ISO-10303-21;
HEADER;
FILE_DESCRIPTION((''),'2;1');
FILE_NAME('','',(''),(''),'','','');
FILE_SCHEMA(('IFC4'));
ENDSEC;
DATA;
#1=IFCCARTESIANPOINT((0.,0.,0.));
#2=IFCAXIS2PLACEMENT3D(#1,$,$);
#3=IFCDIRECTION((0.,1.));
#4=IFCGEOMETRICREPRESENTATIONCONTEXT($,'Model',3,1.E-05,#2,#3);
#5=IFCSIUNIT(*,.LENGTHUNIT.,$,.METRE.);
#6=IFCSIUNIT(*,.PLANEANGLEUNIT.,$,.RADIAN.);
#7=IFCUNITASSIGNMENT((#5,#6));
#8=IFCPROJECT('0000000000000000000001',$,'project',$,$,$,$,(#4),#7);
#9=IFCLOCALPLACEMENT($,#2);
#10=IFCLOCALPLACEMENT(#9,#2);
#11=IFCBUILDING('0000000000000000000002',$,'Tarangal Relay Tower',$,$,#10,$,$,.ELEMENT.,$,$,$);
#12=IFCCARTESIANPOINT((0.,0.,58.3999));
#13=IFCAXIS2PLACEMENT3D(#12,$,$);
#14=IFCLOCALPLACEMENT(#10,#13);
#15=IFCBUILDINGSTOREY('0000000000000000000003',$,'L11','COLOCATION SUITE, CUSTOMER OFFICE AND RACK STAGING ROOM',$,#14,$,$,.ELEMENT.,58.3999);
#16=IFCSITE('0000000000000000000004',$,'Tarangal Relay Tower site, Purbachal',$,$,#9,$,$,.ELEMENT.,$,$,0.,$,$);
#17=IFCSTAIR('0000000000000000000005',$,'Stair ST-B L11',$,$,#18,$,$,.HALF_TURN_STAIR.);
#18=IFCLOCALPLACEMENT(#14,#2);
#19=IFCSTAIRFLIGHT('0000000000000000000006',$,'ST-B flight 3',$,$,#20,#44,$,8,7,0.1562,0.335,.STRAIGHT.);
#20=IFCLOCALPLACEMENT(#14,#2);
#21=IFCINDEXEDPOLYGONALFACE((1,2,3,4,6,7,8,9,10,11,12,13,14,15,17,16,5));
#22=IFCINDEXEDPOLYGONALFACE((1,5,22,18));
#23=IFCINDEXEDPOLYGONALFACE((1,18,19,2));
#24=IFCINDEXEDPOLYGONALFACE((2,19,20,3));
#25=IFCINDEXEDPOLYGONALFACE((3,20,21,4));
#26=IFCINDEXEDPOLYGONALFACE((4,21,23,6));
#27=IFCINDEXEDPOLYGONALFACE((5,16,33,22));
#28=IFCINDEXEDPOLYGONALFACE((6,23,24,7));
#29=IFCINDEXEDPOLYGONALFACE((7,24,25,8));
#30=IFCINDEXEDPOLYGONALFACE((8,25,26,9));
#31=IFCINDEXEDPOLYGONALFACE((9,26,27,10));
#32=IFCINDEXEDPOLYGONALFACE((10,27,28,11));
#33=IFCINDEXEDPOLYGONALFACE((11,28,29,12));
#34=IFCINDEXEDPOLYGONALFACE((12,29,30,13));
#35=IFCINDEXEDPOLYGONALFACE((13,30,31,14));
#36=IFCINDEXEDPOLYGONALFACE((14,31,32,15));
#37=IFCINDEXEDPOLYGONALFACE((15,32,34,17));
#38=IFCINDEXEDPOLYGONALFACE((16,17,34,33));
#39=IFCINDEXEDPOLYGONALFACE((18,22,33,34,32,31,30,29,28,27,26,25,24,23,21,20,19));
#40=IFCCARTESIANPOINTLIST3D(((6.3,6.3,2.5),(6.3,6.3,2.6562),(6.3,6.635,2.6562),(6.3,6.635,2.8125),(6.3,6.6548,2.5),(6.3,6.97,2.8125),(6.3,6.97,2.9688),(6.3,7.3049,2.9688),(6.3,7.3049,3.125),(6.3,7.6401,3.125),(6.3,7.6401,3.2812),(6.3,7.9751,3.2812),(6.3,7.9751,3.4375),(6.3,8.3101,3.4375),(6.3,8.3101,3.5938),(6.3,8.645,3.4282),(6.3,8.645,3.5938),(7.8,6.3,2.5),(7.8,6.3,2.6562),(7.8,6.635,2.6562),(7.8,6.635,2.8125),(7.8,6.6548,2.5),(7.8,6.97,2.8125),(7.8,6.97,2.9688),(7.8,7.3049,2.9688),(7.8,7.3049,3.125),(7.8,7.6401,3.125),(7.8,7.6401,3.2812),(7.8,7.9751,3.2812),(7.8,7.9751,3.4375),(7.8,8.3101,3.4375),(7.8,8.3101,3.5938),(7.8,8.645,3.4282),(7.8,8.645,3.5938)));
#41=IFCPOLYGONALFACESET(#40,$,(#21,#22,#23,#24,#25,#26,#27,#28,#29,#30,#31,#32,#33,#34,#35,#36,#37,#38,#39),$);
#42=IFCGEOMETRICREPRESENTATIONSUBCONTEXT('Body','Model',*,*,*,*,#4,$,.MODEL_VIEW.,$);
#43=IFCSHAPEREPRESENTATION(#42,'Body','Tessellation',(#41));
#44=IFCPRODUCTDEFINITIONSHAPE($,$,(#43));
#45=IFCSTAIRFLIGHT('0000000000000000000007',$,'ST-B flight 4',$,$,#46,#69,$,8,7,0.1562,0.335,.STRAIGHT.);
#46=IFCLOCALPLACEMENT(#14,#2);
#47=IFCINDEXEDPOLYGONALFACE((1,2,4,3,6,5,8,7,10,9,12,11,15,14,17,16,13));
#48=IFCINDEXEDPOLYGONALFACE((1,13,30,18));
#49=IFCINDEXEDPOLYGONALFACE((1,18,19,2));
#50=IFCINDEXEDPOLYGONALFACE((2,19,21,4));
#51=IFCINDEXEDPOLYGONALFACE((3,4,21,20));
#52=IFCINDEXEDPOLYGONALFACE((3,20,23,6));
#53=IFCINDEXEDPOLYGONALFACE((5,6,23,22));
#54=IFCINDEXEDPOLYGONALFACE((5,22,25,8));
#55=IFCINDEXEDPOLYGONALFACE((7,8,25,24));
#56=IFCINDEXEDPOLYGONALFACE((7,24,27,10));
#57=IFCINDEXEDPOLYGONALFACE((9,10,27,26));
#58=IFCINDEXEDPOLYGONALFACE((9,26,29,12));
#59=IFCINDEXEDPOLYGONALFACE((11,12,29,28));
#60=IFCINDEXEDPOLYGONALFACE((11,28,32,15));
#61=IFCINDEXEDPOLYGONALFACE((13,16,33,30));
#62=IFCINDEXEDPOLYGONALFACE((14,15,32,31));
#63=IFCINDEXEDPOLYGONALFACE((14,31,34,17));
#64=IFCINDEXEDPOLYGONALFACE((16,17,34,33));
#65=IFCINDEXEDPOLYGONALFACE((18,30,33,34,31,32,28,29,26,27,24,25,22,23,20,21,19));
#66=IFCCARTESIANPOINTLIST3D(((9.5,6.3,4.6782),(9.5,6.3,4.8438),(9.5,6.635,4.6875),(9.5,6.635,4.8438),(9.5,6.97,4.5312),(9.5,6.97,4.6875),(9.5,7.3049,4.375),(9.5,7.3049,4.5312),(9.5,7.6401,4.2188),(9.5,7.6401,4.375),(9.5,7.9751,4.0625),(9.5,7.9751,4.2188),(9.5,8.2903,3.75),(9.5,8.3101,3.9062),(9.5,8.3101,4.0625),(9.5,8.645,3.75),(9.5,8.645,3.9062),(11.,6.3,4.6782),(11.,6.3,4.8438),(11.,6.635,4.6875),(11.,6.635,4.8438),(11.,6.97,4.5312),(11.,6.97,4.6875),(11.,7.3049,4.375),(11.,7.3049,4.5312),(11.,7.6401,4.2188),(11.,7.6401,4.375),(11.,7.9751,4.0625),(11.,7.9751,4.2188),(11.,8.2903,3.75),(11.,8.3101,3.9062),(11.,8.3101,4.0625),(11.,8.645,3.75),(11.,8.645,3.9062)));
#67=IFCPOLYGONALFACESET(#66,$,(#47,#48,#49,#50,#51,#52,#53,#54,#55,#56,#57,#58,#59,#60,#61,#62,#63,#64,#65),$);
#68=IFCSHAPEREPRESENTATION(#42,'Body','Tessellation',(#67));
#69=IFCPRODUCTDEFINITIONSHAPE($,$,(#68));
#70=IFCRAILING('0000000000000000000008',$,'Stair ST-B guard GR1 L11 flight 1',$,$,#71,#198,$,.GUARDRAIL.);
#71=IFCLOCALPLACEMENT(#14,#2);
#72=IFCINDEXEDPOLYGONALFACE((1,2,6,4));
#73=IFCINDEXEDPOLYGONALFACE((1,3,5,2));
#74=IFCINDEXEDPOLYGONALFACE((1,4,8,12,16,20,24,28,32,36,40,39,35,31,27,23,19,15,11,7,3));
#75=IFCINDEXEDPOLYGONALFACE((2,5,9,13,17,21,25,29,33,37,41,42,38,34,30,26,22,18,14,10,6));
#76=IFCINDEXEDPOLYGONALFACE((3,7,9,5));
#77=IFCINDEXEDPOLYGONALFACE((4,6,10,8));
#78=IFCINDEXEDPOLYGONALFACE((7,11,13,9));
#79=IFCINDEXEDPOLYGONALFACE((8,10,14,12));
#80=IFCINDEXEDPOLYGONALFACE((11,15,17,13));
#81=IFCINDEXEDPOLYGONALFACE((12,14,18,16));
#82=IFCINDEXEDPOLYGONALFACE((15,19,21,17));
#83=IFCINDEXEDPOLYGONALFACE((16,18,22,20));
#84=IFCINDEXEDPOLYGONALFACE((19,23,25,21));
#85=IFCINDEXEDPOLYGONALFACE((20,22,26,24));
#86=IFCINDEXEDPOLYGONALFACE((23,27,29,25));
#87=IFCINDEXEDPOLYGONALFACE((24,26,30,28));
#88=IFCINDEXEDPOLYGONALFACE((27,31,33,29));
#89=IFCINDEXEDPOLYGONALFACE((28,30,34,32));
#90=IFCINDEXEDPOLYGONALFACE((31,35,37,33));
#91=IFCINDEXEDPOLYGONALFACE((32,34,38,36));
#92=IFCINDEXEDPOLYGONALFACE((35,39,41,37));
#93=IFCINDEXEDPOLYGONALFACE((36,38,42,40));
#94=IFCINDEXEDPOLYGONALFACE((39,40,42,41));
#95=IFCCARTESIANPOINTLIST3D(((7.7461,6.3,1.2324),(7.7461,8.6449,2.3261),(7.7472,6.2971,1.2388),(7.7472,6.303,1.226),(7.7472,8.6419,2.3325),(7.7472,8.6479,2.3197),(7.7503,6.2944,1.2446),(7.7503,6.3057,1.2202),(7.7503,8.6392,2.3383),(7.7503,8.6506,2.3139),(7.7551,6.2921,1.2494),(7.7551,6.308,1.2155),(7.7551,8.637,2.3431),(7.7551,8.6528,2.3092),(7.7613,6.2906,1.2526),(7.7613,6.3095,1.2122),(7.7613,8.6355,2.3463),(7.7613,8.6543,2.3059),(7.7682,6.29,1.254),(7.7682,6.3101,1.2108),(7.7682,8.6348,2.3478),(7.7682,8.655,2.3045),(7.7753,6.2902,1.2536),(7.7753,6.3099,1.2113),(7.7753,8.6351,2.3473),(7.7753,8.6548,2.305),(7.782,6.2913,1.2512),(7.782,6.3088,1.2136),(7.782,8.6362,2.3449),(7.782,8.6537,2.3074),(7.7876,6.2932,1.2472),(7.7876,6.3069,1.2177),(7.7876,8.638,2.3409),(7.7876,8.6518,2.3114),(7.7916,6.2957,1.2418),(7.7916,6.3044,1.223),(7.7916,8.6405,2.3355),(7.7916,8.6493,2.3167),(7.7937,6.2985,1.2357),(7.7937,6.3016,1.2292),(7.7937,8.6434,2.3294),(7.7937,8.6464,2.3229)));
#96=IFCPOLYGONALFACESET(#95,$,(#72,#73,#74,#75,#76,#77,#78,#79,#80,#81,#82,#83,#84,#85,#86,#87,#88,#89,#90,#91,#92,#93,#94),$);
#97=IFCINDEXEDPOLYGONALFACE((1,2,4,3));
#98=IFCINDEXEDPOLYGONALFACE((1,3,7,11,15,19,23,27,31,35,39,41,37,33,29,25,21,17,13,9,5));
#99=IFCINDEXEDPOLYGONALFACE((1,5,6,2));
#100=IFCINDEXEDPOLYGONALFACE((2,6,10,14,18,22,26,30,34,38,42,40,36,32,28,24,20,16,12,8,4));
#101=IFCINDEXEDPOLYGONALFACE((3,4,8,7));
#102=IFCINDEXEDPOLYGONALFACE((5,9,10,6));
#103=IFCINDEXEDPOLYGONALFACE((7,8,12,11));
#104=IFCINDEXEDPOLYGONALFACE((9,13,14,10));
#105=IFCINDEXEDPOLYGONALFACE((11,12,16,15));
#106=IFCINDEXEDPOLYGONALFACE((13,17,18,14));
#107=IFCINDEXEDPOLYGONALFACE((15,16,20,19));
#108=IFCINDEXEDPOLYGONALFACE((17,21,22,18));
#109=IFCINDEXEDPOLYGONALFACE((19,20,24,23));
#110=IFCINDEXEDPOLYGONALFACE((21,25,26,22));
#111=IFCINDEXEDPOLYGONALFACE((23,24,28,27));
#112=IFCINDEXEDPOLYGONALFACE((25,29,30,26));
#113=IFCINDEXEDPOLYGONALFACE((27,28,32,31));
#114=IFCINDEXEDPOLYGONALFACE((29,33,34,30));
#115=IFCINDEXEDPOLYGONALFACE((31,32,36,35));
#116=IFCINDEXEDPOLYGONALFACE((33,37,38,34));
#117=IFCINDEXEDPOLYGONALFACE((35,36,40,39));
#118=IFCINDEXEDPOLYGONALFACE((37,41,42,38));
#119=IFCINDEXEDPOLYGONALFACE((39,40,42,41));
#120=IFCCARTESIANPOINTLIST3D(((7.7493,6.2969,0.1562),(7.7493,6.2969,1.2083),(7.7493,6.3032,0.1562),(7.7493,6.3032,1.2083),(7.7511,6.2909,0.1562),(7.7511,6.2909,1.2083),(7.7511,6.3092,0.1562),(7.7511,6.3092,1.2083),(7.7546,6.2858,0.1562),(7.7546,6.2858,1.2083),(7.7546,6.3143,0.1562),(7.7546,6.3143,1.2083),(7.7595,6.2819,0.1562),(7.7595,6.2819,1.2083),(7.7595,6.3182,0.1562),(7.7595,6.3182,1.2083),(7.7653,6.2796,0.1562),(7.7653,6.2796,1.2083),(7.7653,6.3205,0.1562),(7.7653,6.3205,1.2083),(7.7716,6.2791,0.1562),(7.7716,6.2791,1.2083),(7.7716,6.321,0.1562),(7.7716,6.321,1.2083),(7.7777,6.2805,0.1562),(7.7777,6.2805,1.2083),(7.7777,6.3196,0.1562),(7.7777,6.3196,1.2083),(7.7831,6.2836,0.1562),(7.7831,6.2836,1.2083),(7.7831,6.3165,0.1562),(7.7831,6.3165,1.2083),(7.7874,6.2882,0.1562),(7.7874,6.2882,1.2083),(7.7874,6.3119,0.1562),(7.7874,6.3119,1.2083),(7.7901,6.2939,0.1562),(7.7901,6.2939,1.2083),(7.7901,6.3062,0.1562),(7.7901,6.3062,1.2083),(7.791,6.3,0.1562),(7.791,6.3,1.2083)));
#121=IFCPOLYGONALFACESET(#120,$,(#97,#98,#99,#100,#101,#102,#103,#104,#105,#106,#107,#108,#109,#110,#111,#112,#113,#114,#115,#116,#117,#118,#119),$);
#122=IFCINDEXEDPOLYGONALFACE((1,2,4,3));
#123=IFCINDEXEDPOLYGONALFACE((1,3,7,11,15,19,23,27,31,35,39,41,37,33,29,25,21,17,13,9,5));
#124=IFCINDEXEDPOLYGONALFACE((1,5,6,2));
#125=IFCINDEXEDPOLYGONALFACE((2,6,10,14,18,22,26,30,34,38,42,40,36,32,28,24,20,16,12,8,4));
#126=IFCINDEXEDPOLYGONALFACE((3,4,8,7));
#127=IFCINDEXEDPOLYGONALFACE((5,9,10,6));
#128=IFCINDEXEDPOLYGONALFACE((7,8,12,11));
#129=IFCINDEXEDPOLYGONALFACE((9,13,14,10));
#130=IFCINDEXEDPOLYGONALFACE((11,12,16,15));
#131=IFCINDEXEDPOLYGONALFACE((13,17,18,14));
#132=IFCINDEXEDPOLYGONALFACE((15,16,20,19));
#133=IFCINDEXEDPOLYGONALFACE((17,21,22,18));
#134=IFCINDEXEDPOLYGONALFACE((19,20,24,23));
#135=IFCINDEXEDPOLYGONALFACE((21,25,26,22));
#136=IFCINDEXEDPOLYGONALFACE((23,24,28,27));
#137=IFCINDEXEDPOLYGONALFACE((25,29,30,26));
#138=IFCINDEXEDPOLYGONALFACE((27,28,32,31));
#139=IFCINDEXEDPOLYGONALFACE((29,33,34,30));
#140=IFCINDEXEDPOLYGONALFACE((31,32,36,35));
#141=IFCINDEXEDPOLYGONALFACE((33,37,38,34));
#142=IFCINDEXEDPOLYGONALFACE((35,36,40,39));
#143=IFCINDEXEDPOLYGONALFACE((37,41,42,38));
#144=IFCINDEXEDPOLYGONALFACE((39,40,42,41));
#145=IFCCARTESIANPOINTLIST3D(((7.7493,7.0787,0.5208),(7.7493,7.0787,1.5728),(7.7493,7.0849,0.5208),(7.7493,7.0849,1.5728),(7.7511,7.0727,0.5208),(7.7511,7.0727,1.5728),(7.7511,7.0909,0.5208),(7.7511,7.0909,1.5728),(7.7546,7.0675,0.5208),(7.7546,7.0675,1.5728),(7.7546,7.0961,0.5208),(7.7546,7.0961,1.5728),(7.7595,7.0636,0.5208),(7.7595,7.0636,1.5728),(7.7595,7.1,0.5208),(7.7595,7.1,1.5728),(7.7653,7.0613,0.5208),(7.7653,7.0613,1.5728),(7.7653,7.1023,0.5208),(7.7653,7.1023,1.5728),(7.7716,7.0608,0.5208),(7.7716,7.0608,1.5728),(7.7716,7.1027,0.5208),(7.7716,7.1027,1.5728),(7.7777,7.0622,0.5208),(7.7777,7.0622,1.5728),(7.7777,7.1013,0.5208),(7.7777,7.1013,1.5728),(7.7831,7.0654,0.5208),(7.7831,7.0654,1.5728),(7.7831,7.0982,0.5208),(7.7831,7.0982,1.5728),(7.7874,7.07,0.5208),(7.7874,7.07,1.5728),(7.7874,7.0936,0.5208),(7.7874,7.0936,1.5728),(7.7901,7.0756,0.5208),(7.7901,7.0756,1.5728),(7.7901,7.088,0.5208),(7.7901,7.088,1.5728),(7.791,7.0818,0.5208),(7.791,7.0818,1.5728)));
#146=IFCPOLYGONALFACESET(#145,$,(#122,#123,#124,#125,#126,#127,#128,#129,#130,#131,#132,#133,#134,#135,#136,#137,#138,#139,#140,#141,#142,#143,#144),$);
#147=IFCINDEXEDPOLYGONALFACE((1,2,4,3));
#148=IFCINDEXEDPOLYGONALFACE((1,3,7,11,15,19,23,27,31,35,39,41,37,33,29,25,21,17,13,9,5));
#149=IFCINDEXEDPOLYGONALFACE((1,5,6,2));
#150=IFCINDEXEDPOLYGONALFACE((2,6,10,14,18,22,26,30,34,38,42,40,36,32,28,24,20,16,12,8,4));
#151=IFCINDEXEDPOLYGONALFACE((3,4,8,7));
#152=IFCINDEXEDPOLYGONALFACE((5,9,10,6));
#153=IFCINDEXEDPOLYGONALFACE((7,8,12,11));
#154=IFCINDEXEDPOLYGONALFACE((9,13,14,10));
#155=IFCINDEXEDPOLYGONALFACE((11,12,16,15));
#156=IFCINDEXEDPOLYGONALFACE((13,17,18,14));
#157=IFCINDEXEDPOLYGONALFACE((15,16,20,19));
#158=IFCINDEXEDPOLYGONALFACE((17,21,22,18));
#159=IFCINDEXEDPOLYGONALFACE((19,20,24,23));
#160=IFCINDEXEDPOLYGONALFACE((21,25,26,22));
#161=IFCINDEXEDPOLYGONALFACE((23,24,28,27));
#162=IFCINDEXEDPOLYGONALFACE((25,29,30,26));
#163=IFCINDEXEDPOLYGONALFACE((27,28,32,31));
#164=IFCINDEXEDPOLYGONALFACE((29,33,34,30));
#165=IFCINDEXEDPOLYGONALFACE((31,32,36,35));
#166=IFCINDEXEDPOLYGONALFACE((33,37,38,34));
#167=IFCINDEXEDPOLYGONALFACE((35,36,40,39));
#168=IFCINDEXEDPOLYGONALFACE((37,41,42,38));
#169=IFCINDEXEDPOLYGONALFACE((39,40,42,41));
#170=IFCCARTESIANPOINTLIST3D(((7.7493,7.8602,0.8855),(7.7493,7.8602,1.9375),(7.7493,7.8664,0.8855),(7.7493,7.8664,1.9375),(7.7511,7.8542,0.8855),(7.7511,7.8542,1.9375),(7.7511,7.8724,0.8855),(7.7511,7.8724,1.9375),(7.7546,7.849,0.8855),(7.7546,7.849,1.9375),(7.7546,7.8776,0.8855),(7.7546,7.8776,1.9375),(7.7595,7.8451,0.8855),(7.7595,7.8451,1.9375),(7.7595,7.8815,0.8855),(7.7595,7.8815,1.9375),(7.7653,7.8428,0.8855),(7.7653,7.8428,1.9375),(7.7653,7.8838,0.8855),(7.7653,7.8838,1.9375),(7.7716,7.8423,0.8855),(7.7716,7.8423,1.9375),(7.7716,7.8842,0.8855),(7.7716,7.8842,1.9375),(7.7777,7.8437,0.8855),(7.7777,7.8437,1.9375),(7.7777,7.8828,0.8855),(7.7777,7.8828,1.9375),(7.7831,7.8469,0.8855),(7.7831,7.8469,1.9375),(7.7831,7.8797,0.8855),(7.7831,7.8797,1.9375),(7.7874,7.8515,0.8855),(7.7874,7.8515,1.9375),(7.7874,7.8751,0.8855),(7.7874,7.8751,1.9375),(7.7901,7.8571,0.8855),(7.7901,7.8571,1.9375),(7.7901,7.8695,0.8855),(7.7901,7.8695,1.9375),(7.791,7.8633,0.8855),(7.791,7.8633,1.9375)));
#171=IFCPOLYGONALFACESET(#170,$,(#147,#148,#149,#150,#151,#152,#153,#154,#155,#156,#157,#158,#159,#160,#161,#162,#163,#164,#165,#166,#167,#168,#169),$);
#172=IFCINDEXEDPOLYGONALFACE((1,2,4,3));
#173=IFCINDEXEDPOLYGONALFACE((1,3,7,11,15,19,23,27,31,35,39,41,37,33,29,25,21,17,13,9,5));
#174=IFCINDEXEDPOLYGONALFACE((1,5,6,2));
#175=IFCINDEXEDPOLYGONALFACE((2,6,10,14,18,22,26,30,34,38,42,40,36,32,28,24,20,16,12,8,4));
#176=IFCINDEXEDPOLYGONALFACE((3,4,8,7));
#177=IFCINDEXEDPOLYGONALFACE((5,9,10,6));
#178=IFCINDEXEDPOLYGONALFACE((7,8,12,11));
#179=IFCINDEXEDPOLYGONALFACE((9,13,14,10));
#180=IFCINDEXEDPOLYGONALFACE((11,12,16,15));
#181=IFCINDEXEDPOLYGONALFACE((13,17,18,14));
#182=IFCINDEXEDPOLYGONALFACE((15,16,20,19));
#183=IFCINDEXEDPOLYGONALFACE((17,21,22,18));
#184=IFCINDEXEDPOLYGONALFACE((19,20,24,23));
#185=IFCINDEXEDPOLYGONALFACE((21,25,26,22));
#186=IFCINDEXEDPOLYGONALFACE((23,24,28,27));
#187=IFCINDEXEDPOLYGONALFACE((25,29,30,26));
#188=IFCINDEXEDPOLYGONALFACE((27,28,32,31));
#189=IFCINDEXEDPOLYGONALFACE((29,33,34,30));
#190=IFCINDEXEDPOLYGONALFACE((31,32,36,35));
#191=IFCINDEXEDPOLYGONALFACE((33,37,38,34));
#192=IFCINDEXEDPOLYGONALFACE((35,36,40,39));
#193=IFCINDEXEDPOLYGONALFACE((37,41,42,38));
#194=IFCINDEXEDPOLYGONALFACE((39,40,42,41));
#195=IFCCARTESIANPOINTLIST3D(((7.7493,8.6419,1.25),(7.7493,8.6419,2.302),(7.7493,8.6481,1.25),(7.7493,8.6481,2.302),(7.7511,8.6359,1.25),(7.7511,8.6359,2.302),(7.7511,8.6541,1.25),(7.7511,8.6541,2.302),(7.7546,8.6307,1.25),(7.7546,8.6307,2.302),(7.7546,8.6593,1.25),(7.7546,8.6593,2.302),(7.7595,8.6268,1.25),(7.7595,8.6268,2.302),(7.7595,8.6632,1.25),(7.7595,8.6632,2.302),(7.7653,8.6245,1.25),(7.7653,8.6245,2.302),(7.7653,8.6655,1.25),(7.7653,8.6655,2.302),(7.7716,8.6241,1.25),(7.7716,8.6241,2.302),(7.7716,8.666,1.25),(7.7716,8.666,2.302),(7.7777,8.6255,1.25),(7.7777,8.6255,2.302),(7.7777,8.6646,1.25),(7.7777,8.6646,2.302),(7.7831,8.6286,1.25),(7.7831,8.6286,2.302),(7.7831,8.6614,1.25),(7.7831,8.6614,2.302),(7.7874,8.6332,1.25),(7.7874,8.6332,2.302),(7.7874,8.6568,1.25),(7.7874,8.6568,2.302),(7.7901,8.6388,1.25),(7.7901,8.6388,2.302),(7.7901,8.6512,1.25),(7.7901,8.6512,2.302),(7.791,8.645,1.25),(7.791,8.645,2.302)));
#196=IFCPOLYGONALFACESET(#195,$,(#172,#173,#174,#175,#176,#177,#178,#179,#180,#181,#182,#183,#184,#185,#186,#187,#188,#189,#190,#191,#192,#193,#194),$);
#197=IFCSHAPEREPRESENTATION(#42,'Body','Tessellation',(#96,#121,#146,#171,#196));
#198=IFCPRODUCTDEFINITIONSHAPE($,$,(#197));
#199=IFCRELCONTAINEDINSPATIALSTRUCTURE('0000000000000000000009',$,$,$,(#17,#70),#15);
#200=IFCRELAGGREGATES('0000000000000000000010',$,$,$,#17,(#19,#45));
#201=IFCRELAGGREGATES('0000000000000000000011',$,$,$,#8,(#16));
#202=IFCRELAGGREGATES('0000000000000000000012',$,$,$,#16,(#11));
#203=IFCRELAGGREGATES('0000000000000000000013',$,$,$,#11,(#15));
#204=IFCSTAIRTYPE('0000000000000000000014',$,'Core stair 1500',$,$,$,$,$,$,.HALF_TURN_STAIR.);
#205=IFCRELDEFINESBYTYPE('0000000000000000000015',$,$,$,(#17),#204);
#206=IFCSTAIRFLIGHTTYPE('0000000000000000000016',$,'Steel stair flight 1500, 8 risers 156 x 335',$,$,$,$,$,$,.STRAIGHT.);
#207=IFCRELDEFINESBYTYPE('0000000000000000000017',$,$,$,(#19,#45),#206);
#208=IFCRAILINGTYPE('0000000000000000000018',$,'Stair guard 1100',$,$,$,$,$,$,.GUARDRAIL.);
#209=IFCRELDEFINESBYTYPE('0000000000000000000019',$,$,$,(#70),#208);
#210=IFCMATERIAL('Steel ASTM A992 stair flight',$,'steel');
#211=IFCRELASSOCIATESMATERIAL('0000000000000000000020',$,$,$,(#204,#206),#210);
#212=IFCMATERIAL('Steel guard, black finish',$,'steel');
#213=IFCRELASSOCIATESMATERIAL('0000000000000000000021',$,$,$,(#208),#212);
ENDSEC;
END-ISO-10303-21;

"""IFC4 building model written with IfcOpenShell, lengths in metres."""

from ifc_helpers import new_model, si_unit, direction, frame, origin, origin_2d, place, context, subcontext, project, spatial, polyline, circle, outline, extrude, material, type_object, element, aggregate, save


model = new_model("IFC4")

# Units and contexts
model_context = context("Model", 3, precision=1e-05, world=origin(), true_north=direction((0.0, 1.0)))
body_context = subcontext(model_context, "Body", "Model", "MODEL_VIEW")
ifc_project = project(units=[si_unit("LENGTHUNIT", "METRE"), si_unit("PLANEANGLEUNIT", "RADIAN")], contexts=[model_context])

# Site, building, storey
site_placement = place(None, origin())
site = spatial("IfcSite", under=ifc_project, at=site_placement, Name="Tarangal Relay Tower site, Purbachal", CompositionType="ELEMENT", RefElevation=0.0)
building_placement = place(site_placement, origin())
building = spatial("IfcBuilding", under=site, at=building_placement, Name="Tarangal Relay Tower", CompositionType="ELEMENT")
storey_placement = place(building_placement, frame((0.0, 0.0, 58.3999)))
storey = spatial("IfcBuildingStorey", under=building, at=storey_placement, Name="L11", Description="COLOCATION SUITE, CUSTOMER OFFICE AND RACK STAGING ROOM", CompositionType="ELEMENT", Elevation=58.3999)

# Stair
ifc_material_1 = material(Name="Steel ASTM A992 stair flight", Category="steel")
stair_type = type_object("IfcStairType", Name="Core stair 1500", PredefinedType="HALF_TURN_STAIR", material=ifc_material_1)
stair_1_placement = place(storey_placement, origin())
stair_1 = element("IfcStair", 1, at=stair_1_placement, inside=storey, type_object=stair_type, Name="Stair ST-B L11", PredefinedType="HALF_TURN_STAIR")

# Stair flights
stair_flight_type = type_object("IfcStairFlightType", Name="Steel stair flight 1500, 8 risers 156 x 335", PredefinedType="STRAIGHT", material=ifc_material_1)
stair_flight_1_placement = place(storey_placement, frame((7.05, 6.3, 2.5), z_axis=(0.0, 0.0, 1.0), x_axis=(0.0, 1.0, 0.0)))
stair_flight_1 = element("IfcStairFlight", 2, at=stair_flight_1_placement, type_object=stair_flight_type, Name="ST-B flight 3", NumberOfRisers=8, NumberOfTreads=7, PredefinedType="STRAIGHT", RiserHeight=0.1562, TreadLength=0.335, context=body_context, shape_type="SweptSolid", body=[
    extrude(outline(polyline([(0.0, 0.0), (0.0, 0.1562), (0.335, 0.1562), (0.335, 0.3125), (0.6699, 0.3125), (0.6699, 0.4688), (1.0049, 0.4688), (1.0049, 0.625), (1.3401, 0.625), (1.3401, 0.7812), (1.675, 0.7812), (1.675, 0.9375), (2.01, 0.9375), (2.01, 1.0938), (2.345, 1.0938), (2.345, 1.25), (2.345, 0.9282), (0.3547, 0.0), (0.0, 0.0)])), frame((0.0, 0.75, 0.0), z_axis=(0.0, -1.0, 0.0), x_axis=(1.0, 0.0, 0.0)), (0.0, 0.0, 1.0), 1.5),
])
stair_flight_2_placement = place(storey_placement, frame((10.25, 8.645, 3.75), z_axis=(0.0, 0.0, 1.0), x_axis=(0.0, -1.0, 0.0)))
stair_flight_2 = element("IfcStairFlight", 3, at=stair_flight_2_placement, type_object=stair_flight_type, Name="ST-B flight 4", NumberOfRisers=8, NumberOfTreads=7, PredefinedType="STRAIGHT", RiserHeight=0.1562, TreadLength=0.335, context=body_context, shape_type="SweptSolid", body=[
    extrude(outline(polyline([(0.0, 0.0), (0.0, 0.1562), (0.335, 0.1562), (0.335, 0.3125), (0.6699, 0.3125), (0.6699, 0.4688), (1.0049, 0.4688), (1.0049, 0.625), (1.3401, 0.625), (1.3401, 0.7812), (1.675, 0.7812), (1.675, 0.9375), (2.01, 0.9375), (2.01, 1.0938), (2.345, 1.0938), (2.345, 1.25), (2.345, 0.9282), (0.3547, 0.0), (0.0, 0.0)])), frame((0.0, 0.75, 0.0), z_axis=(0.0, -1.0, 0.0), x_axis=(1.0, 0.0, 0.0)), (0.0, 0.0, 1.0), 1.5),
])
aggregate(stair_1, [stair_flight_1, stair_flight_2])

# Railing
ifc_material_2 = material(Name="Steel guard, black finish", Category="steel")
railing_type_1 = type_object("IfcRailingType", Name="Stair guard 1100", PredefinedType="GUARDRAIL", material=ifc_material_2)
railing_1_placement = place(storey_placement, frame((7.77, 6.3, 0.1562)))
element("IfcRailing", 4, at=railing_1_placement, inside=storey, type_object=railing_type_1, Name="Stair ST-B guard GR1 L11 flight 1", PredefinedType="GUARDRAIL", context=body_context, shape_type="SweptSolid", body=[
    extrude(circle(Radius=0.0239, at=origin_2d()), frame((0.0, 0.0, 1.0762), z_axis=(0.0, 0.906267, 0.422705), x_axis=(-1.0, 0.0, 0.0)), (0.0, 0.0, 1.0), 2.5874),
    extrude(circle(Radius=0.021, at=origin_2d()), origin(), (0.0, 0.0, 1.0), 1.052),
    extrude(circle(Radius=0.021, at=origin_2d()), frame((0.0, 0.7817, 0.3645)), (0.0, 0.0, 1.0), 1.052),
    extrude(circle(Radius=0.021, at=origin_2d()), frame((0.0, 1.5632, 0.7292)), (0.0, 0.0, 1.0), 1.052),
    extrude(circle(Radius=0.021, at=origin_2d()), frame((0.0, 2.345, 1.0938)), (0.0, 0.0, 1.0), 1.052),
])

save(model, "model.ifc")
